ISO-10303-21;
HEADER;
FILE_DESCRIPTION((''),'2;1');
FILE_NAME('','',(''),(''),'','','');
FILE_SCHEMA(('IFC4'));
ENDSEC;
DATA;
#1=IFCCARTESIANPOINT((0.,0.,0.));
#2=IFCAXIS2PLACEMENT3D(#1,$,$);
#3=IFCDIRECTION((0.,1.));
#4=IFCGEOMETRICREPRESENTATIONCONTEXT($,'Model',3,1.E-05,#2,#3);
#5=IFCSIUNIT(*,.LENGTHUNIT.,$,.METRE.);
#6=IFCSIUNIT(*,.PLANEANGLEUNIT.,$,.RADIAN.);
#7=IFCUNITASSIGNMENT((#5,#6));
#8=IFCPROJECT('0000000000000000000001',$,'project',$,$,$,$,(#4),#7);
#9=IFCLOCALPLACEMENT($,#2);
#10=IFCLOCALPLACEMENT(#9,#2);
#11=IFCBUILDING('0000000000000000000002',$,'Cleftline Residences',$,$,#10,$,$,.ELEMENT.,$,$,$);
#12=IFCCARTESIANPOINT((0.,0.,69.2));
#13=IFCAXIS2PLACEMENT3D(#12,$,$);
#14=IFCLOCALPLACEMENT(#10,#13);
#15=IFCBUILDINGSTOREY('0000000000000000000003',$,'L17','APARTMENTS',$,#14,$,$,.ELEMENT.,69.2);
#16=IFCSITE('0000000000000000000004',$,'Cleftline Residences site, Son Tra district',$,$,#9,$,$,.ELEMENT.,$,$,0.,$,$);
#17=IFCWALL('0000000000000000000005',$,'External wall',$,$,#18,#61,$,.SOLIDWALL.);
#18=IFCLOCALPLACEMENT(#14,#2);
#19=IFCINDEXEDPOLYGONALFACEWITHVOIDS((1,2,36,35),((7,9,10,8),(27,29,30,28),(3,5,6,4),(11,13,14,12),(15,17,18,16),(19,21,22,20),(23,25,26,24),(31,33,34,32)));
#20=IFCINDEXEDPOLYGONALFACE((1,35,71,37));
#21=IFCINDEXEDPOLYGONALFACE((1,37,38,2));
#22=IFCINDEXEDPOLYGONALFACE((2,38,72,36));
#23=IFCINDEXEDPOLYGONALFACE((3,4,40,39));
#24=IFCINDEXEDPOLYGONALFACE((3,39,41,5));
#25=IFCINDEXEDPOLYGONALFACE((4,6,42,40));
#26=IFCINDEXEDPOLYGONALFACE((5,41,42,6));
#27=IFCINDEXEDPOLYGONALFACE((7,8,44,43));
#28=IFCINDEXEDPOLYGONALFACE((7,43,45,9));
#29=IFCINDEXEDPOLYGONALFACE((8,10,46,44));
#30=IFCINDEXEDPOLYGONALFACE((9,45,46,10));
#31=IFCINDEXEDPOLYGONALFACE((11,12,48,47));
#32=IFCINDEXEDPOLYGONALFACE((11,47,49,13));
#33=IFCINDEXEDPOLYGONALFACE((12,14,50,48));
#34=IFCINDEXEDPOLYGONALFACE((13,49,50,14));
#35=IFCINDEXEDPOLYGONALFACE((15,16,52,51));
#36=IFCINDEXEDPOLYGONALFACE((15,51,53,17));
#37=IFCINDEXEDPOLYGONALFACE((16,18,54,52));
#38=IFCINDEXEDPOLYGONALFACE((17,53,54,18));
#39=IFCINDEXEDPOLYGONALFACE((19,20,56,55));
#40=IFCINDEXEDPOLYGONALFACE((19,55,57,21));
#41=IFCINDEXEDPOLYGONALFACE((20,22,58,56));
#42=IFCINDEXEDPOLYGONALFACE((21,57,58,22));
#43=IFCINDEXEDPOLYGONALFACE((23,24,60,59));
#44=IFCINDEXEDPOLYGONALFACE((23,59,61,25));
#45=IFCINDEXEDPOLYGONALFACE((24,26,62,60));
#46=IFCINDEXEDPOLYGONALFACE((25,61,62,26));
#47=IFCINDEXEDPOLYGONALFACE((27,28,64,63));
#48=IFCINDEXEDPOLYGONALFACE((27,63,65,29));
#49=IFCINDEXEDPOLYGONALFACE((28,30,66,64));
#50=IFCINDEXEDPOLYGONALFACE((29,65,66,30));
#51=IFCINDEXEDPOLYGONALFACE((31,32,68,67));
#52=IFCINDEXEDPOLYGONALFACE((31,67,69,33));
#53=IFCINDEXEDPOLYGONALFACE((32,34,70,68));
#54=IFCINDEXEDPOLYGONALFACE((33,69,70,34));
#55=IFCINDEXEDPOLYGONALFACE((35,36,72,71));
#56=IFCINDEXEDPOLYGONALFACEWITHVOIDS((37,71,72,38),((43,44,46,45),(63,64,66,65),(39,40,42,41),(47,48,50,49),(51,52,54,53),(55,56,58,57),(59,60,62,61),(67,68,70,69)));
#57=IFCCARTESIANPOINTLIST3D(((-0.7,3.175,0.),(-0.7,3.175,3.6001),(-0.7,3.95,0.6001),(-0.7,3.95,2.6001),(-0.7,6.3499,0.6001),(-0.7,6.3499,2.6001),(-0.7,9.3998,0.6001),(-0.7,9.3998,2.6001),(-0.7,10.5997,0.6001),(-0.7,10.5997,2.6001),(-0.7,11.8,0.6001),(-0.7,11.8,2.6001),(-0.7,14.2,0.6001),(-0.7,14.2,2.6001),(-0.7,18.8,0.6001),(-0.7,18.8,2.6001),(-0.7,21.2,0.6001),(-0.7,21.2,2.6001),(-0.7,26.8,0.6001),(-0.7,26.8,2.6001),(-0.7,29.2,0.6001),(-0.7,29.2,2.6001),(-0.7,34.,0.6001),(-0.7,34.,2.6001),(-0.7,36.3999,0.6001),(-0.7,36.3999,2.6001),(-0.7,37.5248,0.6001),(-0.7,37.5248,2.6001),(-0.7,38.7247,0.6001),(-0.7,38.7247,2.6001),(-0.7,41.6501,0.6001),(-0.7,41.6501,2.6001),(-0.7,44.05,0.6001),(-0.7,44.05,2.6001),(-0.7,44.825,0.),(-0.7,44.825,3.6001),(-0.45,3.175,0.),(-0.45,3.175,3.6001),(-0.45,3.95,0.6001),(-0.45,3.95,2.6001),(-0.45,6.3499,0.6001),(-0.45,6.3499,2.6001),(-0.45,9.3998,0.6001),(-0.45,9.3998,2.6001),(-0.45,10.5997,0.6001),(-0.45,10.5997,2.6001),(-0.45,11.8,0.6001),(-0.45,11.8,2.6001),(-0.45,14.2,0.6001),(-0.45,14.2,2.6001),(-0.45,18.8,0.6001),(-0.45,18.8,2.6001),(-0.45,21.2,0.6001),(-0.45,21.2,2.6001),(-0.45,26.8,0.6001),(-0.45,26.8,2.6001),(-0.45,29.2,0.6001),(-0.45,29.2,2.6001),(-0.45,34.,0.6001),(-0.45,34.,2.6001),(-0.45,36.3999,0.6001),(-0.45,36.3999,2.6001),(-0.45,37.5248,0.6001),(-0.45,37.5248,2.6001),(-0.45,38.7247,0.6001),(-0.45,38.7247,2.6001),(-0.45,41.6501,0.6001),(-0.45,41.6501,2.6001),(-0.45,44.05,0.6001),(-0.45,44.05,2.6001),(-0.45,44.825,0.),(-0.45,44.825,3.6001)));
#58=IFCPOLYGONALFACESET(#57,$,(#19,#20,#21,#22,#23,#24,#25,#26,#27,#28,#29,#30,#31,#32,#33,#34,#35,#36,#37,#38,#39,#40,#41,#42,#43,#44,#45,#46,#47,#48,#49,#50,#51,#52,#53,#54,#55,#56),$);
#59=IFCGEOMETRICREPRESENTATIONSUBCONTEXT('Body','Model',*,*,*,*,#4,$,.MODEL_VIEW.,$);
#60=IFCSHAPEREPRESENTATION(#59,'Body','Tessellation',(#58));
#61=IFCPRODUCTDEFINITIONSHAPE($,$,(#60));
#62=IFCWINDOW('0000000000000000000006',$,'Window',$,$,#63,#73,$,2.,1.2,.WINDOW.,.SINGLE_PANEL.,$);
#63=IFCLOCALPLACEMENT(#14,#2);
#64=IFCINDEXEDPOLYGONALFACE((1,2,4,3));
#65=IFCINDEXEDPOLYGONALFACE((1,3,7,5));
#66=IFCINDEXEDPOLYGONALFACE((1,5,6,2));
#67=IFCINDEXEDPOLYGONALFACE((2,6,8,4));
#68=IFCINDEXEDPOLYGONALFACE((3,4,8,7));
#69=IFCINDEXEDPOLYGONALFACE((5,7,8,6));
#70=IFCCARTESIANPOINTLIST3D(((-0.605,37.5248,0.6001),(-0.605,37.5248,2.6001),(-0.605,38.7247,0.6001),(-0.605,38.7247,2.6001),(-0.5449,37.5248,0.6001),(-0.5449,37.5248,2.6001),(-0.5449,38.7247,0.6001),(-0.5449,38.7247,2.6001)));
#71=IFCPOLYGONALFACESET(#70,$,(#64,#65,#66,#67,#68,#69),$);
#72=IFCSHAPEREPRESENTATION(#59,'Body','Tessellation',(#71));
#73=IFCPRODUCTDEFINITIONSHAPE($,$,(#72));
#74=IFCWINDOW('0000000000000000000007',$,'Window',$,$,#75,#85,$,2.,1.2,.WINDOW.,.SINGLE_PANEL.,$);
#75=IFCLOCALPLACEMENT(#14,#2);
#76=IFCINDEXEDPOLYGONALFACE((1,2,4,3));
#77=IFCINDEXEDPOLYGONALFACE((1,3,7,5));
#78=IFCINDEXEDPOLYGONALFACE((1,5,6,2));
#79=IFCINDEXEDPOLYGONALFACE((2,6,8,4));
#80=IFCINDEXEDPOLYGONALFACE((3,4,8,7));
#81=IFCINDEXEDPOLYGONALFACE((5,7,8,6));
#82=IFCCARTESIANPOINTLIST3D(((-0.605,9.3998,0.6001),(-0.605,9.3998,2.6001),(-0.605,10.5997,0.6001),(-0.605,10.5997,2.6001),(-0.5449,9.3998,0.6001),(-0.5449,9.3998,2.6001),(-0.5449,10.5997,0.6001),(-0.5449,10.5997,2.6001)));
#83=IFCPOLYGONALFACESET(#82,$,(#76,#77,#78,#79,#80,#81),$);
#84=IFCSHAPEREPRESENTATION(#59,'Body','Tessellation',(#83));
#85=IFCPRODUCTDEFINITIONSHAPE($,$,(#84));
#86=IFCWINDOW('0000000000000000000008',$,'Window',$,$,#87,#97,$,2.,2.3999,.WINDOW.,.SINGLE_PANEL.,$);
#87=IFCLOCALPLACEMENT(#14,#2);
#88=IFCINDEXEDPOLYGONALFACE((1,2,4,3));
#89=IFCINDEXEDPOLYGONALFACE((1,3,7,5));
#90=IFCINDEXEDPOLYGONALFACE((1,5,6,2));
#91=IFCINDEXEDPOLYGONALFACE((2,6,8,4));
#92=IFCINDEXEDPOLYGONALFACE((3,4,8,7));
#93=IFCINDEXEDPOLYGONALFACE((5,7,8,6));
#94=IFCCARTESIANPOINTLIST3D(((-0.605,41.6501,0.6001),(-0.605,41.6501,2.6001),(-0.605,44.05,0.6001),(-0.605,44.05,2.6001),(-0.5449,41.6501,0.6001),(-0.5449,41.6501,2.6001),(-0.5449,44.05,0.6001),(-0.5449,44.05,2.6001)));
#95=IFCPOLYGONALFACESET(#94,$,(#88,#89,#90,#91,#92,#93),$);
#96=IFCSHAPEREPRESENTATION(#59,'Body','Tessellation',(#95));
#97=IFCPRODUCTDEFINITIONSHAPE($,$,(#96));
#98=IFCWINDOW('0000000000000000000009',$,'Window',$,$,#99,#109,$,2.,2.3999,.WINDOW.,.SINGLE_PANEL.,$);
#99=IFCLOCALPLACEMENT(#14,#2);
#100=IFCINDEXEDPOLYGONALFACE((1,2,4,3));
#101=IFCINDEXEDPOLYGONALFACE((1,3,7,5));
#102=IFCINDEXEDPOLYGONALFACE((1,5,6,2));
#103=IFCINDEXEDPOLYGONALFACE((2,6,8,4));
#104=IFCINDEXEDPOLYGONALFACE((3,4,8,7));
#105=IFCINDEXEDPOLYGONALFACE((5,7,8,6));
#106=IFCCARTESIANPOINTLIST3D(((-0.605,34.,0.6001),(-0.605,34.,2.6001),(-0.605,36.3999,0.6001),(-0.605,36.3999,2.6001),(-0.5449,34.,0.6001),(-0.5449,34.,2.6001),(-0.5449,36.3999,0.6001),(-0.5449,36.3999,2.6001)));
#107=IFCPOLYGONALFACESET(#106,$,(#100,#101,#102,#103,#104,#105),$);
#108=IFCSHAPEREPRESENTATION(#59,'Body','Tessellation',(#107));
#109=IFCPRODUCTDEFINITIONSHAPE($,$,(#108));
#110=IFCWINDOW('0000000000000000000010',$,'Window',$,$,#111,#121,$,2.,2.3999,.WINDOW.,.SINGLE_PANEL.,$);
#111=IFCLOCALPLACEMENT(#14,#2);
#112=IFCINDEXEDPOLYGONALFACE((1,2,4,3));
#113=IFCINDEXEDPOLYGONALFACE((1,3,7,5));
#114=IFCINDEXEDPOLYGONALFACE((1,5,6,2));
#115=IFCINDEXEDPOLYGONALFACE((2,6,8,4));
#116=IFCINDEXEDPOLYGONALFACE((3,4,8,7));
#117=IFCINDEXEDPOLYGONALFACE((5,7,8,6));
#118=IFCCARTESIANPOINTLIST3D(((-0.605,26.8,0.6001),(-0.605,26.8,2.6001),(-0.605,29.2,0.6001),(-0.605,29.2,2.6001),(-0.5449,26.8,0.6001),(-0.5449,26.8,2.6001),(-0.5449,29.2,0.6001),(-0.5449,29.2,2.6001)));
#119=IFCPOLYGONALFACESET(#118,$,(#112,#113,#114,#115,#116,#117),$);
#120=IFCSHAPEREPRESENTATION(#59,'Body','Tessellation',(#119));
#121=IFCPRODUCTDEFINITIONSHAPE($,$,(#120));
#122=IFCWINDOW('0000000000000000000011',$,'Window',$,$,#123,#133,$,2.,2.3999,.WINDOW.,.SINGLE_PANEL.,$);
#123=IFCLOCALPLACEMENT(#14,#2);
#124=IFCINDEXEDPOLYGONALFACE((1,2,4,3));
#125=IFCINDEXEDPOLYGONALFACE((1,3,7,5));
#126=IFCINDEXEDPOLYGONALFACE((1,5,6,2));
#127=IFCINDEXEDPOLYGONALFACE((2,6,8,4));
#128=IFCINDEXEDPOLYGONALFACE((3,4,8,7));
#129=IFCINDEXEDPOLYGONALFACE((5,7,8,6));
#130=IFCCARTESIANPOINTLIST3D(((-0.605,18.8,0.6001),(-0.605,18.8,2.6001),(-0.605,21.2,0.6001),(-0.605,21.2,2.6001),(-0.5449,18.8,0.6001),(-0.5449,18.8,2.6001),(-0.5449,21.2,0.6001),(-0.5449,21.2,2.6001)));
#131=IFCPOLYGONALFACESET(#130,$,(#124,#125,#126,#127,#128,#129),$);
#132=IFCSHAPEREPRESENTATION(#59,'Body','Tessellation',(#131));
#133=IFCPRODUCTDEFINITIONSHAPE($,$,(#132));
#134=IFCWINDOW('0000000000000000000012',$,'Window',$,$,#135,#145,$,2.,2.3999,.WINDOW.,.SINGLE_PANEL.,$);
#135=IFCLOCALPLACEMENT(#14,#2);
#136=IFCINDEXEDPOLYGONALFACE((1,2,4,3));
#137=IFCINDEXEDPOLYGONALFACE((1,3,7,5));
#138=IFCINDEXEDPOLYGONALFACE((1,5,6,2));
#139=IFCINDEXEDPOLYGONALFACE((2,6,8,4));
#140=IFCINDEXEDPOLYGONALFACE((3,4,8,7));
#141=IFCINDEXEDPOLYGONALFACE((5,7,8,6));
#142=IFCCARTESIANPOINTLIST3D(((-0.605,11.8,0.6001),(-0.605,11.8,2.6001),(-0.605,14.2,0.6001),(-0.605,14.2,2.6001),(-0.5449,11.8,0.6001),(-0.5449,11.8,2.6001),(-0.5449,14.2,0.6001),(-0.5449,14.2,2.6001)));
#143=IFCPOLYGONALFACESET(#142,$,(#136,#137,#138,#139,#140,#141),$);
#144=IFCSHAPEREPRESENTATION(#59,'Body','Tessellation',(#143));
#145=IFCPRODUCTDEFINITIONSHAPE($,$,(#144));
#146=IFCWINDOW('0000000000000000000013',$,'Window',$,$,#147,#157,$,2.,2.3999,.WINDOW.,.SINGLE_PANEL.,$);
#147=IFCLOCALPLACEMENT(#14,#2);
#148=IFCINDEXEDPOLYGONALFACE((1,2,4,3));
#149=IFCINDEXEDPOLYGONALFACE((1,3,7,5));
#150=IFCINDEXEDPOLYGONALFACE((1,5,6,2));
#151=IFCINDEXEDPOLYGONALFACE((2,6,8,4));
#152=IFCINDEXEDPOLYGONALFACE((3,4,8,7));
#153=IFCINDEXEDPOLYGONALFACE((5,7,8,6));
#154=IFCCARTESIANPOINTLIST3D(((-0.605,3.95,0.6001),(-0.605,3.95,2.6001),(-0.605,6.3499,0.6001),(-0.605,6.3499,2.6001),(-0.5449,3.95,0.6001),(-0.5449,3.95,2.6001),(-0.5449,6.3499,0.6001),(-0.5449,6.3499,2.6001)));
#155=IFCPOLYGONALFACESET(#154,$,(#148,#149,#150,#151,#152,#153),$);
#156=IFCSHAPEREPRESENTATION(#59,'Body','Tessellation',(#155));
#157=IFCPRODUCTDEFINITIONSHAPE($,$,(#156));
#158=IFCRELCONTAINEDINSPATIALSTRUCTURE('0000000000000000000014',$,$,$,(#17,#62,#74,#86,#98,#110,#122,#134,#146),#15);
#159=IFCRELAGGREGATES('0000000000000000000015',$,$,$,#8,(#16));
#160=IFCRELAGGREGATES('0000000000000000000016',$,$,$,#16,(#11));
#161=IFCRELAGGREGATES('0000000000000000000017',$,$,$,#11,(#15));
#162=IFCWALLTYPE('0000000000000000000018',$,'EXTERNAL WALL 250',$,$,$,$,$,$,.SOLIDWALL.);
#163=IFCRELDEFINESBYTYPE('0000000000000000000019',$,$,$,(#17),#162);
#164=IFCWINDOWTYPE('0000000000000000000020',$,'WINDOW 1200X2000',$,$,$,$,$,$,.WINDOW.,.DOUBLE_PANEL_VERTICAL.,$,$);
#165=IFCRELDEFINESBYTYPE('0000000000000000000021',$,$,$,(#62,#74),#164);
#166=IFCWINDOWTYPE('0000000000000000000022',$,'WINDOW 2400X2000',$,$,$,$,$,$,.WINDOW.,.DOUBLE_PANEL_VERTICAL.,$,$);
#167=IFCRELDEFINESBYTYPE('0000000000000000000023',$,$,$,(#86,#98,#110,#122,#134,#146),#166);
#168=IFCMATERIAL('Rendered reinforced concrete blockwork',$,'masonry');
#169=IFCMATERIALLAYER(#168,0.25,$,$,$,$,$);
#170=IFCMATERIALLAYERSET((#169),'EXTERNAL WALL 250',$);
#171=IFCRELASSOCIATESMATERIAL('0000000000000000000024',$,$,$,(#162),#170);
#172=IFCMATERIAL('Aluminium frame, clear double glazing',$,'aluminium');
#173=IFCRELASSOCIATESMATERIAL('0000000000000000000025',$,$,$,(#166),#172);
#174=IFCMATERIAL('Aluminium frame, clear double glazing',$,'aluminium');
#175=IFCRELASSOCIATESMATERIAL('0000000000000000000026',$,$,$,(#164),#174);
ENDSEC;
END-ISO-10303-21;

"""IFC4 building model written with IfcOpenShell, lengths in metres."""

from ifc_helpers import new_model, si_unit, direction, frame, frame_2d, origin, place, context, subcontext, project, spatial, rectangle, extrude, material, layer, layer_set, type_object, element, fill, save


model = new_model("IFC4")

# Units and contexts
model_context = context("Model", 3, precision=1e-05, world=origin(), true_north=direction((0.0, 1.0)))
body_context = subcontext(model_context, "Body", "Model", "MODEL_VIEW")
ifc_project = project(units=[si_unit("LENGTHUNIT", "METRE"), si_unit("PLANEANGLEUNIT", "RADIAN")], contexts=[model_context])

# Site, building, storey
site_placement = place(None, origin())
site = spatial("IfcSite", under=ifc_project, at=site_placement, Name="Cleftline Residences site, Son Tra district", CompositionType="ELEMENT", RefElevation=0.0)
building_placement = place(site_placement, origin())
building = spatial("IfcBuilding", under=site, at=building_placement, Name="Cleftline Residences", CompositionType="ELEMENT")
storey_placement = place(building_placement, frame((0.0, 0.0, 69.2)))
storey = spatial("IfcBuildingStorey", under=building, at=storey_placement, Name="L17", Description="APARTMENTS", CompositionType="ELEMENT", Elevation=69.2)

# Shared definitions
ifc_material_1 = material(Name="Rendered reinforced concrete blockwork", Category="masonry")
ifc_layer_1 = layer(ifc_material_1, 0.25)
ifc_layer_set_1 = layer_set([ifc_layer_1], Name="EXTERNAL WALL 250")
wall_type = type_object("IfcWallType", Name="EXTERNAL WALL 250", PredefinedType="SOLIDWALL", material=ifc_layer_set_1)
ifc_material_2 = material(Name="Aluminium frame, clear double glazing", Category="aluminium")
window_type_1 = type_object("IfcWindowType", Name="WINDOW 2400X2000", PartitioningType="DOUBLE_PANEL_VERTICAL", PredefinedType="WINDOW", material=ifc_material_2)

# Wall, openings, windows
ifc_material_3 = material(Name="Aluminium frame, clear double glazing", Category="aluminium")
window_type_2 = type_object("IfcWindowType", Name="WINDOW 1200X2000", PartitioningType="DOUBLE_PANEL_VERTICAL", PredefinedType="WINDOW", material=ifc_material_3)
wall_1_placement = place(storey_placement, frame((-0.575, 44.825, 0.0), z_axis=(0.0, 0.0, 1.0), x_axis=(0.0, -1.0, 0.0)))
wall_1 = element("IfcWall", 1, at=wall_1_placement, inside=storey, type_object=wall_type, Name="External wall", PredefinedType="SOLIDWALL", context=body_context, shape_type="SweptSolid", body=[
    extrude(rectangle(XDim=41.6499, YDim=0.25, at=frame_2d((20.825, 0.0))), origin(), (0.0, 0.0, 1.0), 3.6001),
])
opening_1_placement = place(wall_1_placement, frame((0.7749, 0.0, 0.6001)))
opening_1 = element("IfcOpeningElement", 2, at=opening_1_placement, cuts=wall_1, PredefinedType="OPENING", context=body_context, shape_type="SweptSolid", body=[
    extrude(rectangle(XDim=2.3999, YDim=2.0, at=frame_2d((1.2, 1.0))), frame((0.0, 0.135, 0.0), z_axis=(0.0, -1.0, 0.0), x_axis=(1.0, 0.0, 0.0)), (0.0, 0.0, 1.0), 0.27),
])
opening_2_placement = place(wall_1_placement, frame((6.1001, 0.0, 0.6001)))
opening_2 = element("IfcOpeningElement", 3, at=opening_2_placement, cuts=wall_1, PredefinedType="OPENING", context=body_context, shape_type="SweptSolid", body=[
    extrude(rectangle(XDim=1.2, YDim=2.0, at=frame_2d((0.6001, 1.0))), frame((0.0, 0.135, 0.0), z_axis=(0.0, -1.0, 0.0), x_axis=(1.0, 0.0, 0.0)), (0.0, 0.0, 1.0), 0.27),
])
opening_3_placement = place(wall_1_placement, frame((8.425, 0.0, 0.6001)))
opening_3 = element("IfcOpeningElement", 4, at=opening_3_placement, cuts=wall_1, PredefinedType="OPENING", context=body_context, shape_type="SweptSolid", body=[
    extrude(rectangle(XDim=2.3999, YDim=2.0, at=frame_2d((1.2, 1.0))), frame((0.0, 0.135, 0.0), z_axis=(0.0, -1.0, 0.0), x_axis=(1.0, 0.0, 0.0)), (0.0, 0.0, 1.0), 0.27),
])
opening_4_placement = place(wall_1_placement, frame((15.625, 0.0, 0.6001)))
opening_4 = element("IfcOpeningElement", 5, at=opening_4_placement, cuts=wall_1, PredefinedType="OPENING", context=body_context, shape_type="SweptSolid", body=[
    extrude(rectangle(XDim=2.3999, YDim=2.0, at=frame_2d((1.2, 1.0))), frame((0.0, 0.135, 0.0), z_axis=(0.0, -1.0, 0.0), x_axis=(1.0, 0.0, 0.0)), (0.0, 0.0, 1.0), 0.27),
])
opening_5_placement = place(wall_1_placement, frame((23.625, 0.0, 0.6001)))
opening_5 = element("IfcOpeningElement", 6, at=opening_5_placement, cuts=wall_1, PredefinedType="OPENING", context=body_context, shape_type="SweptSolid", body=[
    extrude(rectangle(XDim=2.3999, YDim=2.0, at=frame_2d((1.2, 1.0))), frame((0.0, 0.135, 0.0), z_axis=(0.0, -1.0, 0.0), x_axis=(1.0, 0.0, 0.0)), (0.0, 0.0, 1.0), 0.27),
])
opening_6_placement = place(wall_1_placement, frame((30.625, 0.0, 0.6001)))
opening_6 = element("IfcOpeningElement", 7, at=opening_6_placement, cuts=wall_1, PredefinedType="OPENING", context=body_context, shape_type="SweptSolid", body=[
    extrude(rectangle(XDim=2.3999, YDim=2.0, at=frame_2d((1.2, 1.0))), frame((0.0, 0.135, 0.0), z_axis=(0.0, -1.0, 0.0), x_axis=(1.0, 0.0, 0.0)), (0.0, 0.0, 1.0), 0.27),
])
opening_7_placement = place(wall_1_placement, frame((34.2251, 0.0, 0.6001)))
opening_7 = element("IfcOpeningElement", 8, at=opening_7_placement, cuts=wall_1, PredefinedType="OPENING", context=body_context, shape_type="SweptSolid", body=[
    extrude(rectangle(XDim=1.2, YDim=2.0, at=frame_2d((0.6001, 1.0))), frame((0.0, 0.135, 0.0), z_axis=(0.0, -1.0, 0.0), x_axis=(1.0, 0.0, 0.0)), (0.0, 0.0, 1.0), 0.27),
])
opening_8_placement = place(wall_1_placement, frame((38.4751, 0.0, 0.6001)))
opening_8 = element("IfcOpeningElement", 9, at=opening_8_placement, cuts=wall_1, PredefinedType="OPENING", context=body_context, shape_type="SweptSolid", body=[
    extrude(rectangle(XDim=2.3999, YDim=2.0, at=frame_2d((1.2, 1.0))), frame((0.0, 0.135, 0.0), z_axis=(0.0, -1.0, 0.0), x_axis=(1.0, 0.0, 0.0)), (0.0, 0.0, 1.0), 0.27),
])
window_1_placement = place(opening_2_placement, origin())
window_1 = element("IfcWindow", 10, at=window_1_placement, inside=storey, type_object=window_type_2, Name="Window", OverallHeight=2.0, OverallWidth=1.2, PartitioningType="SINGLE_PANEL", PredefinedType="WINDOW", context=body_context, shape_type="SweptSolid", body=[
    extrude(rectangle(XDim=1.2, YDim=2.0, at=frame_2d((0.6001, 1.0))), frame((0.0, 0.03, 0.0), z_axis=(0.0, -1.0, 0.0), x_axis=(1.0, 0.0, 0.0)), (0.0, 0.0, 1.0), 0.0601),
])
fill(opening_2, window_1)
window_2_placement = place(opening_7_placement, origin())
window_2 = element("IfcWindow", 11, at=window_2_placement, inside=storey, type_object=window_type_2, Name="Window", OverallHeight=2.0, OverallWidth=1.2, PartitioningType="SINGLE_PANEL", PredefinedType="WINDOW", context=body_context, shape_type="SweptSolid", body=[
    extrude(rectangle(XDim=1.2, YDim=2.0, at=frame_2d((0.6001, 1.0))), frame((0.0, 0.03, 0.0), z_axis=(0.0, -1.0, 0.0), x_axis=(1.0, 0.0, 0.0)), (0.0, 0.0, 1.0), 0.0601),
])
fill(opening_7, window_2)
window_3_placement = place(opening_1_placement, origin())
window_3 = element("IfcWindow", 12, at=window_3_placement, inside=storey, type_object=window_type_1, Name="Window", OverallHeight=2.0, OverallWidth=2.3999, PartitioningType="SINGLE_PANEL", PredefinedType="WINDOW", context=body_context, shape_type="SweptSolid", body=[
    extrude(rectangle(XDim=2.3999, YDim=2.0, at=frame_2d((1.2, 1.0))), frame((0.0, 0.03, 0.0), z_axis=(0.0, -1.0, 0.0), x_axis=(1.0, 0.0, 0.0)), (0.0, 0.0, 1.0), 0.0601),
])
fill(opening_1, window_3)
window_4_placement = place(opening_3_placement, origin())
window_4 = element("IfcWindow", 13, at=window_4_placement, inside=storey, type_object=window_type_1, Name="Window", OverallHeight=2.0, OverallWidth=2.3999, PartitioningType="SINGLE_PANEL", PredefinedType="WINDOW", context=body_context, shape_type="SweptSolid", body=[
    extrude(rectangle(XDim=2.3999, YDim=2.0, at=frame_2d((1.2, 1.0))), frame((0.0, 0.03, 0.0), z_axis=(0.0, -1.0, 0.0), x_axis=(1.0, 0.0, 0.0)), (0.0, 0.0, 1.0), 0.0601),
])
fill(opening_3, window_4)
window_5_placement = place(opening_4_placement, origin())
window_5 = element("IfcWindow", 14, at=window_5_placement, inside=storey, type_object=window_type_1, Name="Window", OverallHeight=2.0, OverallWidth=2.3999, PartitioningType="SINGLE_PANEL", PredefinedType="WINDOW", context=body_context, shape_type="SweptSolid", body=[
    extrude(rectangle(XDim=2.3999, YDim=2.0, at=frame_2d((1.2, 1.0))), frame((0.0, 0.03, 0.0), z_axis=(0.0, -1.0, 0.0), x_axis=(1.0, 0.0, 0.0)), (0.0, 0.0, 1.0), 0.0601),
])
fill(opening_4, window_5)
window_6_placement = place(opening_5_placement, origin())
window_6 = element("IfcWindow", 15, at=window_6_placement, inside=storey, type_object=window_type_1, Name="Window", OverallHeight=2.0, OverallWidth=2.3999, PartitioningType="SINGLE_PANEL", PredefinedType="WINDOW", context=body_context, shape_type="SweptSolid", body=[
    extrude(rectangle(XDim=2.3999, YDim=2.0, at=frame_2d((1.2, 1.0))), frame((0.0, 0.03, 0.0), z_axis=(0.0, -1.0, 0.0), x_axis=(1.0, 0.0, 0.0)), (0.0, 0.0, 1.0), 0.0601),
])
fill(opening_5, window_6)
window_7_placement = place(opening_6_placement, origin())
window_7 = element("IfcWindow", 16, at=window_7_placement, inside=storey, type_object=window_type_1, Name="Window", OverallHeight=2.0, OverallWidth=2.3999, PartitioningType="SINGLE_PANEL", PredefinedType="WINDOW", context=body_context, shape_type="SweptSolid", body=[
    extrude(rectangle(XDim=2.3999, YDim=2.0, at=frame_2d((1.2, 1.0))), frame((0.0, 0.03, 0.0), z_axis=(0.0, -1.0, 0.0), x_axis=(1.0, 0.0, 0.0)), (0.0, 0.0, 1.0), 0.0601),
])
fill(opening_6, window_7)
window_8_placement = place(opening_8_placement, origin())
window_8 = element("IfcWindow", 17, at=window_8_placement, inside=storey, type_object=window_type_1, Name="Window", OverallHeight=2.0, OverallWidth=2.3999, PartitioningType="SINGLE_PANEL", PredefinedType="WINDOW", context=body_context, shape_type="SweptSolid", body=[
    extrude(rectangle(XDim=2.3999, YDim=2.0, at=frame_2d((1.2, 1.0))), frame((0.0, 0.03, 0.0), z_axis=(0.0, -1.0, 0.0), x_axis=(1.0, 0.0, 0.0)), (0.0, 0.0, 1.0), 0.0601),
])
fill(opening_8, window_8)

save(model, "model.ifc")
